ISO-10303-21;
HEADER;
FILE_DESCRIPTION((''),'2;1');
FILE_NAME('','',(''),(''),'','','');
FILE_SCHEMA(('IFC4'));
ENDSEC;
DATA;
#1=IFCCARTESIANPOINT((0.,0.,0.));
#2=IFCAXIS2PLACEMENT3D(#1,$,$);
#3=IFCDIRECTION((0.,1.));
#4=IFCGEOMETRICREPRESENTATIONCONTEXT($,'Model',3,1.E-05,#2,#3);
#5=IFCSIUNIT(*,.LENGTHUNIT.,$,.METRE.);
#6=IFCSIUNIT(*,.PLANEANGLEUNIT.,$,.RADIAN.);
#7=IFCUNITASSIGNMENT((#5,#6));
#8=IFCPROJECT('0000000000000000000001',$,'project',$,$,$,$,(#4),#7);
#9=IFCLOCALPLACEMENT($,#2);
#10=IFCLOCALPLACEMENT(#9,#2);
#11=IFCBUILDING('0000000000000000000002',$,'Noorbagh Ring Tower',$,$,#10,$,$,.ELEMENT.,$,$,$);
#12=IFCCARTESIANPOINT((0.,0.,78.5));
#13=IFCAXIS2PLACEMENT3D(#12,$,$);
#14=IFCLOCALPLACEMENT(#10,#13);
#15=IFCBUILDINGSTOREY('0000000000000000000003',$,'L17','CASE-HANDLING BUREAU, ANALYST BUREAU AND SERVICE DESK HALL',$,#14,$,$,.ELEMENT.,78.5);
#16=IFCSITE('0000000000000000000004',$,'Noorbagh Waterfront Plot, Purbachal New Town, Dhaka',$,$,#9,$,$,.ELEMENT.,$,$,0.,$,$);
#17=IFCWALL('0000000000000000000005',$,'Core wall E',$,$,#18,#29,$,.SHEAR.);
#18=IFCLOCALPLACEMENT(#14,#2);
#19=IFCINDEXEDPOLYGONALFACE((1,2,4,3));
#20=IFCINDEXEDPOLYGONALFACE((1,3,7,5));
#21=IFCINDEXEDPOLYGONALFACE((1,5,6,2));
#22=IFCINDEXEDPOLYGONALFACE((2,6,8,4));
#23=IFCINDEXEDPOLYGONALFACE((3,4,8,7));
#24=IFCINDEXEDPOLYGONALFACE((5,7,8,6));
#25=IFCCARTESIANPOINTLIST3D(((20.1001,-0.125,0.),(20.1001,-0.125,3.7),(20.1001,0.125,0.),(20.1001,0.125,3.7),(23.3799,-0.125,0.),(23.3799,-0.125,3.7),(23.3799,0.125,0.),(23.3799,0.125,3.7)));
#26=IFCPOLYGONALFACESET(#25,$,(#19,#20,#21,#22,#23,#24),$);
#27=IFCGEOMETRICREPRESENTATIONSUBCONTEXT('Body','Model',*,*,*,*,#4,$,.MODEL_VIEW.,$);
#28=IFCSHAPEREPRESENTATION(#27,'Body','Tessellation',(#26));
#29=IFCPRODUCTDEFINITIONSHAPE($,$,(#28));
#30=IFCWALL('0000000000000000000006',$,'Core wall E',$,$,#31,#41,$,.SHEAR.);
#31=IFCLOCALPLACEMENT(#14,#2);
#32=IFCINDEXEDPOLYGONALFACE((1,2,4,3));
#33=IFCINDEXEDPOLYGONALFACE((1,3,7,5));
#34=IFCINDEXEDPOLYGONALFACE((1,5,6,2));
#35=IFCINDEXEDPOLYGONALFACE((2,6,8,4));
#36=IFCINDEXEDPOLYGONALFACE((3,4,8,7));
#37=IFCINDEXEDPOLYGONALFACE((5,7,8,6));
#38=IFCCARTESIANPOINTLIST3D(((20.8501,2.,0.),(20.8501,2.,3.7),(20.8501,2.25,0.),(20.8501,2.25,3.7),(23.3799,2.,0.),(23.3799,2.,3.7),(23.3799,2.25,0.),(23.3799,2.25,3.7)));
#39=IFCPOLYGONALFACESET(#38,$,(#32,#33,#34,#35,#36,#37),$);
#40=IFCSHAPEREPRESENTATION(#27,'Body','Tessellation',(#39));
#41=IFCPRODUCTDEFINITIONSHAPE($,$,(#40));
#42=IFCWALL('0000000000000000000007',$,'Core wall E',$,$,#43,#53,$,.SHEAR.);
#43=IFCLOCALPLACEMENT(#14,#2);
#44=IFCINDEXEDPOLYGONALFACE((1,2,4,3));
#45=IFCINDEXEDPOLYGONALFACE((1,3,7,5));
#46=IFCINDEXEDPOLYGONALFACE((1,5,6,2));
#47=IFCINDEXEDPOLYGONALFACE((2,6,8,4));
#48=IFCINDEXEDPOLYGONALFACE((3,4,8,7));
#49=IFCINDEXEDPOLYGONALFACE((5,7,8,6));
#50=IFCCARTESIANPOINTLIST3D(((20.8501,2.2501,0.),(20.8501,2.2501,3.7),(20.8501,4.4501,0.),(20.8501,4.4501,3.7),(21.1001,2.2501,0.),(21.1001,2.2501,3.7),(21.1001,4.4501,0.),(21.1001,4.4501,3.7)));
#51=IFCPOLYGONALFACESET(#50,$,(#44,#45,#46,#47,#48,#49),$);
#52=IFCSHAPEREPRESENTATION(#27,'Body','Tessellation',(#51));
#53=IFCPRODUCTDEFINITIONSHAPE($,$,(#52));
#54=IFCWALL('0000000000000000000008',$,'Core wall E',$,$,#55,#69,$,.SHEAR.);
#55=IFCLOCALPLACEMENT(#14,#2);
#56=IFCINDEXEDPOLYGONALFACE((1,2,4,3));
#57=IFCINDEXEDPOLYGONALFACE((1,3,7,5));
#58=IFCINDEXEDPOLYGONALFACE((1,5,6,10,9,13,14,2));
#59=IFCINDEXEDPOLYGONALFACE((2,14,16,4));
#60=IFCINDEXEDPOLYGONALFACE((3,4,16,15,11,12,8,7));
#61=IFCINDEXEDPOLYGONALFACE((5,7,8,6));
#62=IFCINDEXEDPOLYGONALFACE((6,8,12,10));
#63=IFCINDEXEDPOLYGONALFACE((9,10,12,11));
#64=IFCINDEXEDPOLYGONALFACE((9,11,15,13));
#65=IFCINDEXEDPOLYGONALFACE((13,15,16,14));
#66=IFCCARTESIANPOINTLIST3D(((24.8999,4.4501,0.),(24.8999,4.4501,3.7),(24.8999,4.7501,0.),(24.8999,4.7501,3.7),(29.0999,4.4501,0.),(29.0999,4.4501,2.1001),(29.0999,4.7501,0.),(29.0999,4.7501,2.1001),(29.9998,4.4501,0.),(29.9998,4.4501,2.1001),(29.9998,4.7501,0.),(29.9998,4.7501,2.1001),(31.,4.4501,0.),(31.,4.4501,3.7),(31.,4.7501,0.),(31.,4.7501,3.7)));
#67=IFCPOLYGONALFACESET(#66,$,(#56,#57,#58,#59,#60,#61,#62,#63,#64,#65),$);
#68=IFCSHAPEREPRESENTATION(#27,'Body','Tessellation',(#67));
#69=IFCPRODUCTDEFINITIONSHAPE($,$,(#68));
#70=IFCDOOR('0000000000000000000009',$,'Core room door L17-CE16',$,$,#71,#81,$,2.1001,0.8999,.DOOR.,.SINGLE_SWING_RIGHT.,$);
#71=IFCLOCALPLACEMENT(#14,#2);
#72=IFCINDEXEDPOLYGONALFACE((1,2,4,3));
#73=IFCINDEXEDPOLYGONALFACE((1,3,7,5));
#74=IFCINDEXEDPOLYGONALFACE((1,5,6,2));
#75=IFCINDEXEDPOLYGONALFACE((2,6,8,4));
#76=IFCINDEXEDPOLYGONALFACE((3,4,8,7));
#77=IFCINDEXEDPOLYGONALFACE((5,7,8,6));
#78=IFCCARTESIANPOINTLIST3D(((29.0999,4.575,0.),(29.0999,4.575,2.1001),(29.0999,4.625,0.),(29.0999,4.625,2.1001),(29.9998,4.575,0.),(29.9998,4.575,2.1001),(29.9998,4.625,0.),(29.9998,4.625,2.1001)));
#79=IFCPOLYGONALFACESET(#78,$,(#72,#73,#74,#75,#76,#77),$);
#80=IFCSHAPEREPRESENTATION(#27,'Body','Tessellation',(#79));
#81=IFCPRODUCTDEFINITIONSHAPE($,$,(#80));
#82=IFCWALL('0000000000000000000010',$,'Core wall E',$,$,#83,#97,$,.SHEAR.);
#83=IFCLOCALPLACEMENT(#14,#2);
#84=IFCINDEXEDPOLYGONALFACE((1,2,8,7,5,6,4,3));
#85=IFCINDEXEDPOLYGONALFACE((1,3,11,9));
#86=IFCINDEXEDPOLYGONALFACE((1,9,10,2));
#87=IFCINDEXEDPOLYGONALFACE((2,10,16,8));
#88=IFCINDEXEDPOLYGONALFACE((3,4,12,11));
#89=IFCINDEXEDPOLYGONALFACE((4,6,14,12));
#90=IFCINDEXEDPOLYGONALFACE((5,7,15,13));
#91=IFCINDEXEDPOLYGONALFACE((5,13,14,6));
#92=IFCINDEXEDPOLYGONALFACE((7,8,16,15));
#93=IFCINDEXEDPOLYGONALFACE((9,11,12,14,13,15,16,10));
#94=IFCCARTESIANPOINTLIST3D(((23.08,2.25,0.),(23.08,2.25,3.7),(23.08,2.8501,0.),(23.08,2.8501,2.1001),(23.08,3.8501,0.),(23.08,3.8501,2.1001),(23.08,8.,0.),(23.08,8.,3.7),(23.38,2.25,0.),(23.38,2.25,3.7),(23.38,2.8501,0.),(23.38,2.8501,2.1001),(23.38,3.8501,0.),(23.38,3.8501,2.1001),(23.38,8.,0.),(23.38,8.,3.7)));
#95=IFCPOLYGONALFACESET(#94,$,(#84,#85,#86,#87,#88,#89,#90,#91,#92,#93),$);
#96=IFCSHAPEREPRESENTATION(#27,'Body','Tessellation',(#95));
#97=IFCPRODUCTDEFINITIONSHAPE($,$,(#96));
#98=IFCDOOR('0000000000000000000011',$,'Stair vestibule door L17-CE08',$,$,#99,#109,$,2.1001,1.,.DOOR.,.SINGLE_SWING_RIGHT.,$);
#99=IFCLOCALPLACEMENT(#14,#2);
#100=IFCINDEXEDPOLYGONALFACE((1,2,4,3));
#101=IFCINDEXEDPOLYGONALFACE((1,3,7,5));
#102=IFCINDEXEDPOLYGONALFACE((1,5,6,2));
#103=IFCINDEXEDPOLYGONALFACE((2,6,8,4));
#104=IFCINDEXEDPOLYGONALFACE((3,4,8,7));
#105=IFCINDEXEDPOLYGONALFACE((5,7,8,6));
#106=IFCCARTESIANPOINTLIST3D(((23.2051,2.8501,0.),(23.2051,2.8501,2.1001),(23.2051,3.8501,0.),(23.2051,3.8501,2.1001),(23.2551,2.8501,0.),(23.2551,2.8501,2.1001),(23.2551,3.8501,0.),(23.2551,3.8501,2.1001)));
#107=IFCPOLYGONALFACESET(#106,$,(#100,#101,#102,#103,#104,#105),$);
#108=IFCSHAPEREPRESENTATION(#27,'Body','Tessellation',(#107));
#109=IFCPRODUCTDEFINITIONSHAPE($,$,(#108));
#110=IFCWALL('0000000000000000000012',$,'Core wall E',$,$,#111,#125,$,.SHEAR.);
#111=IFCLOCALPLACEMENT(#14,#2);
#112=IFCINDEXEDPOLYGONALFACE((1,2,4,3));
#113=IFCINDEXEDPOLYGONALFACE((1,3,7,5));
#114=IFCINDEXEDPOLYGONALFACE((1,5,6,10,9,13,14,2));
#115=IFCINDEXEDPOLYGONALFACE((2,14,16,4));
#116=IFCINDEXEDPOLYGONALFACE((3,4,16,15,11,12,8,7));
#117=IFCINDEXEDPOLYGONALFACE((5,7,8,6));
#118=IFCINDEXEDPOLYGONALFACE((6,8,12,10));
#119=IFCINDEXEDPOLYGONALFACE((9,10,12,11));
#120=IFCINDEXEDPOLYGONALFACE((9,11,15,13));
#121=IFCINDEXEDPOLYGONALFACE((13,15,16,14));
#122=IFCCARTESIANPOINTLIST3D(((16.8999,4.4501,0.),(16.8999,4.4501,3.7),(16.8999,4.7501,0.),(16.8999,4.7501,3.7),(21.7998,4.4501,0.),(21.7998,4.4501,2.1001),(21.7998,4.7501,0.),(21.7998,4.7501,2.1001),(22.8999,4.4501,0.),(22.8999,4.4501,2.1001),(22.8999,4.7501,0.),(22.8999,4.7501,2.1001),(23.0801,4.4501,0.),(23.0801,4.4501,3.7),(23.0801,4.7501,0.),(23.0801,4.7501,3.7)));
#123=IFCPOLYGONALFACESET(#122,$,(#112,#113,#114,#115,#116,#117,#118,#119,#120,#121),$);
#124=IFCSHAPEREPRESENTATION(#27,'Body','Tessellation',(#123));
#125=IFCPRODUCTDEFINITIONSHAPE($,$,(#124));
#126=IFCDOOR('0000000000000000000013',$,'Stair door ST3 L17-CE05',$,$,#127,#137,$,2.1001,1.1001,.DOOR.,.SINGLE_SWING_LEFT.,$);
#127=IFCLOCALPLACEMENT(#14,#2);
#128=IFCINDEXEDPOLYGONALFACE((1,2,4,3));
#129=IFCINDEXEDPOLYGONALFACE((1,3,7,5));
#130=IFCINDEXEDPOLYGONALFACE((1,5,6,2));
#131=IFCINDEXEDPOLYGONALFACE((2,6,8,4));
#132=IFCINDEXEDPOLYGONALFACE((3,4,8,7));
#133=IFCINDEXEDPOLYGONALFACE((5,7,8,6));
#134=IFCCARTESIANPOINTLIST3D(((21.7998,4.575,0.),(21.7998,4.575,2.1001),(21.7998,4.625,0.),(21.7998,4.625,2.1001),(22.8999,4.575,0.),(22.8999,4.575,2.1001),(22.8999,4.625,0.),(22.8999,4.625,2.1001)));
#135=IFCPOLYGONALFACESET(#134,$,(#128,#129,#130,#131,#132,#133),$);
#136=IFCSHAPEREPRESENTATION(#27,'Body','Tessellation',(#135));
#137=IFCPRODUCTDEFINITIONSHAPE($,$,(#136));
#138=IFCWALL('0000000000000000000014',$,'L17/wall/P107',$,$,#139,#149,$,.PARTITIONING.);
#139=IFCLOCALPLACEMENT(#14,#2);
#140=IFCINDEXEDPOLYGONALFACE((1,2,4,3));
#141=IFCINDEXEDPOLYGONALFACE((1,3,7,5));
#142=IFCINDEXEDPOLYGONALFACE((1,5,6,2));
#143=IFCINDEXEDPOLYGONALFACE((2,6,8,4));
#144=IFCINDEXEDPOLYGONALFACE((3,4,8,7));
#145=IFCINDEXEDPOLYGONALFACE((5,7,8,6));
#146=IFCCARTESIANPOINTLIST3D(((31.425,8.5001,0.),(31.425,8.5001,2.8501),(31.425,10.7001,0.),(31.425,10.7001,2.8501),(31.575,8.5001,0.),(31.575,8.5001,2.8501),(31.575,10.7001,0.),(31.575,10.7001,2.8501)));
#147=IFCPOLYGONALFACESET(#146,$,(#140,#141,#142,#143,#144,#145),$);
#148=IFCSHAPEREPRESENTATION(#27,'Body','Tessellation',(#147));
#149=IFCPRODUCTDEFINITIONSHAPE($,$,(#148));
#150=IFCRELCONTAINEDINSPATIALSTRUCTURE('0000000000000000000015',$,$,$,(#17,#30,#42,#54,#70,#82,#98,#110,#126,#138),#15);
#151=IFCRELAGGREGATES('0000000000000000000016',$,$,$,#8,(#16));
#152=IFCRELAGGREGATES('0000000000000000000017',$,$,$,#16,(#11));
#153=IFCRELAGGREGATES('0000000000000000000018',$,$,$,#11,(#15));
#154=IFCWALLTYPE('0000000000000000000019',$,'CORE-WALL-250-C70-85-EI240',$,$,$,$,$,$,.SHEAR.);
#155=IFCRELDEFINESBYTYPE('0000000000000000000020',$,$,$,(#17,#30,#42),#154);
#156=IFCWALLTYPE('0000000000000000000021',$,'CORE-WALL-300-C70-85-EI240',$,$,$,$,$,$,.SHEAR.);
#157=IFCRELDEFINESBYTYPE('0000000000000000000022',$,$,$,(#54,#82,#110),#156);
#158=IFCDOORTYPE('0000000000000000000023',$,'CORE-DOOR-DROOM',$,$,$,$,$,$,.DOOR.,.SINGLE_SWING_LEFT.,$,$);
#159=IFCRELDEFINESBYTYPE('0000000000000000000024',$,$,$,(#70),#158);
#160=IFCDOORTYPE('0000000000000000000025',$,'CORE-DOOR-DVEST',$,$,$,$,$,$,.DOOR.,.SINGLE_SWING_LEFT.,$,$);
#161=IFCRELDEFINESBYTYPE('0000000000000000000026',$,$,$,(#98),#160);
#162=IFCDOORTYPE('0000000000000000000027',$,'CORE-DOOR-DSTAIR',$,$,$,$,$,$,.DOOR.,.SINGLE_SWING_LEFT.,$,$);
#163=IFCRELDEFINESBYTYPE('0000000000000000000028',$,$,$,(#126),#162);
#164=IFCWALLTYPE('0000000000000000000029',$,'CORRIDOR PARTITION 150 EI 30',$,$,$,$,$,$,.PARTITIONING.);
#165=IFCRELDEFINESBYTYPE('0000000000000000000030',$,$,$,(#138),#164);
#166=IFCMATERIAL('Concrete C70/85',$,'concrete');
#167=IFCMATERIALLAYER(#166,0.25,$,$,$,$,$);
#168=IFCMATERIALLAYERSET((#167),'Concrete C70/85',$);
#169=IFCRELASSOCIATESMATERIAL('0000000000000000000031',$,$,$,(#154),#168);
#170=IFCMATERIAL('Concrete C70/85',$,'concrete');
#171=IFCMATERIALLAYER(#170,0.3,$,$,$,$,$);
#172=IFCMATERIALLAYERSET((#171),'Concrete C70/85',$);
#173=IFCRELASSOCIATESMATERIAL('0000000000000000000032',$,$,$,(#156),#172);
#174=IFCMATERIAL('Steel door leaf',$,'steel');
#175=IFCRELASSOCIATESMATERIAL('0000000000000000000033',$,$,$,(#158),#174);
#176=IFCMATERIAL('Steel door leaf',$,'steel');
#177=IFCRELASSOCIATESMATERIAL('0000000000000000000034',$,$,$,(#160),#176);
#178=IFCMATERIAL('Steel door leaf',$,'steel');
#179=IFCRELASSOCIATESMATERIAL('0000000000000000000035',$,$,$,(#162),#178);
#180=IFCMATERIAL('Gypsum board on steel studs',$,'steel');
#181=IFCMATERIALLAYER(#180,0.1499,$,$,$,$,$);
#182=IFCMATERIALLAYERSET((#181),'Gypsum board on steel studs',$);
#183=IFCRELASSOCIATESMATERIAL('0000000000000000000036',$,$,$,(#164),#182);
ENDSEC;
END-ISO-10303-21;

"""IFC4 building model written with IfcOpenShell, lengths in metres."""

from ifc_helpers import new_model, si_unit, direction, frame, frame_2d, origin, place, context, subcontext, project, spatial, rectangle, extrude, material, layer, layer_set, type_object, element, fill, save


model = new_model("IFC4")

# Units and contexts
model_context = context("Model", 3, precision=1e-05, world=origin(), true_north=direction((0.0, 1.0)))
body_context = subcontext(model_context, "Body", "Model", "MODEL_VIEW")
ifc_project = project(units=[si_unit("LENGTHUNIT", "METRE"), si_unit("PLANEANGLEUNIT", "RADIAN")], contexts=[model_context])

# Site, building, storey
site_placement = place(None, origin())
site = spatial("IfcSite", under=ifc_project, at=site_placement, Name="Noorbagh Waterfront Plot, Purbachal New Town, Dhaka", CompositionType="ELEMENT", RefElevation=0.0)
building_placement = place(site_placement, origin())
building = spatial("IfcBuilding", under=site, at=building_placement, Name="Noorbagh Ring Tower", CompositionType="ELEMENT")
storey_placement = place(building_placement, frame((0.0, 0.0, 78.5)))
storey = spatial("IfcBuildingStorey", under=building, at=storey_placement, Name="L17", Description="CASE-HANDLING BUREAU, ANALYST BUREAU AND SERVICE DESK HALL", CompositionType="ELEMENT", Elevation=78.5)

# Walls
ifc_material_1 = material(Name="Concrete C70/85", Category="concrete")
ifc_layer_1 = layer(ifc_material_1, 0.25)
ifc_layer_set_1 = layer_set([ifc_layer_1], Name="Concrete C70/85")
wall_type_1 = type_object("IfcWallType", Name="CORE-WALL-250-C70-85-EI240", PredefinedType="SHEAR", material=ifc_layer_set_1)
wall_1_placement = place(storey_placement, frame((20.1001, 0.0, 0.0), z_axis=(0.0, 0.0, 1.0), x_axis=(1.0, 0.0, 0.0)))
element("IfcWall", 1, at=wall_1_placement, inside=storey, type_object=wall_type_1, Name="Core wall E", PredefinedType="SHEAR", context=body_context, shape_type="SweptSolid", body=[
    extrude(rectangle(XDim=3.2798, YDim=0.25, at=frame_2d((1.6399, 0.0))), origin(), (0.0, 0.0, 1.0), 3.7),
])
wall_2_placement = place(storey_placement, frame((20.8501, 2.125, 0.0), z_axis=(0.0, 0.0, 1.0), x_axis=(1.0, 0.0, 0.0)))
element("IfcWall", 2, at=wall_2_placement, inside=storey, type_object=wall_type_1, Name="Core wall E", PredefinedType="SHEAR", context=body_context, shape_type="SweptSolid", body=[
    extrude(rectangle(XDim=2.5298, YDim=0.25, at=frame_2d((1.2649, 0.0))), origin(), (0.0, 0.0, 1.0), 3.7),
])
wall_3_placement = place(storey_placement, frame((20.9751, 2.25, 0.0), z_axis=(0.0, 0.0, 1.0), x_axis=(0.0, 1.0, 0.0)))
element("IfcWall", 3, at=wall_3_placement, inside=storey, type_object=wall_type_1, Name="Core wall E", PredefinedType="SHEAR", context=body_context, shape_type="SweptSolid", body=[
    extrude(rectangle(XDim=2.2, YDim=0.25, at=frame_2d((1.1001, 0.0))), origin(), (0.0, 0.0, 1.0), 3.7),
])

# Walls, openings, doors
ifc_material_2 = material(Name="Concrete C70/85", Category="concrete")
ifc_layer_2 = layer(ifc_material_2, 0.3)
ifc_layer_set_2 = layer_set([ifc_layer_2], Name="Concrete C70/85")
wall_type_2 = type_object("IfcWallType", Name="CORE-WALL-300-C70-85-EI240", PredefinedType="SHEAR", material=ifc_layer_set_2)
wall_4_placement = place(storey_placement, frame((24.8999, 4.6001, 0.0), z_axis=(0.0, 0.0, 1.0), x_axis=(1.0, 0.0, 0.0)))
wall_4 = element("IfcWall", 4, at=wall_4_placement, inside=storey, type_object=wall_type_2, Name="Core wall E", PredefinedType="SHEAR", context=body_context, shape_type="SweptSolid", body=[
    extrude(rectangle(XDim=6.1001, YDim=0.3, at=frame_2d((3.05, 0.0))), origin(), (0.0, 0.0, 1.0), 3.7),
])
opening_1_placement = place(wall_4_placement, frame((4.2, 0.0, 0.0)))
opening_1 = element("IfcOpeningElement", 5, at=opening_1_placement, cuts=wall_4, PredefinedType="OPENING", context=body_context, shape_type="SweptSolid", body=[
    extrude(rectangle(XDim=0.8999, YDim=2.1001, at=frame_2d((0.45, 1.05))), frame((0.0, 0.1602, 0.0), z_axis=(0.0, -1.0, 0.0), x_axis=(1.0, 0.0, 0.0)), (0.0, 0.0, 1.0), 0.3201),
])
ifc_material_3 = material(Name="Steel door leaf", Category="steel")
door_type_1 = type_object("IfcDoorType", Name="CORE-DOOR-DROOM", OperationType="SINGLE_SWING_LEFT", PredefinedType="DOOR", material=ifc_material_3)
door_1_placement = place(opening_1_placement, origin())
door_1 = element("IfcDoor", 6, at=door_1_placement, inside=storey, type_object=door_type_1, Name="Core room door L17-CE16", OperationType="SINGLE_SWING_RIGHT", OverallHeight=2.1001, OverallWidth=0.8999, PredefinedType="DOOR", context=body_context, shape_type="SweptSolid", body=[
    extrude(rectangle(XDim=0.8999, YDim=2.1001, at=frame_2d((0.45, 1.05))), frame((0.0, 0.0249, 0.0), z_axis=(0.0, -1.0, 0.0), x_axis=(1.0, 0.0, 0.0)), (0.0, 0.0, 1.0), 0.05),
])
fill(opening_1, door_1)
wall_5_placement = place(storey_placement, frame((23.23, 2.25, 0.0), z_axis=(0.0, 0.0, 1.0), x_axis=(0.0, 1.0, 0.0)))
wall_5 = element("IfcWall", 7, at=wall_5_placement, inside=storey, type_object=wall_type_2, Name="Core wall E", PredefinedType="SHEAR", context=body_context, shape_type="SweptSolid", body=[
    extrude(rectangle(XDim=5.75, YDim=0.3, at=frame_2d((2.875, 0.0))), origin(), (0.0, 0.0, 1.0), 3.7),
])
opening_2_placement = place(wall_5_placement, frame((0.6001, 0.0, 0.0)))
opening_2 = element("IfcOpeningElement", 8, at=opening_2_placement, cuts=wall_5, PredefinedType="OPENING", context=body_context, shape_type="SweptSolid", body=[
    extrude(rectangle(XDim=1.0, YDim=2.1001, at=frame_2d((0.5, 1.05))), frame((0.0, 0.1602, 0.0), z_axis=(0.0, -1.0, 0.0), x_axis=(1.0, 0.0, 0.0)), (0.0, 0.0, 1.0), 0.3201),
])
ifc_material_4 = material(Name="Steel door leaf", Category="steel")
door_type_2 = type_object("IfcDoorType", Name="CORE-DOOR-DVEST", OperationType="SINGLE_SWING_LEFT", PredefinedType="DOOR", material=ifc_material_4)
door_2_placement = place(opening_2_placement, origin())
door_2 = element("IfcDoor", 9, at=door_2_placement, inside=storey, type_object=door_type_2, Name="Stair vestibule door L17-CE08", OperationType="SINGLE_SWING_RIGHT", OverallHeight=2.1001, OverallWidth=1.0, PredefinedType="DOOR", context=body_context, shape_type="SweptSolid", body=[
    extrude(rectangle(XDim=1.0, YDim=2.1001, at=frame_2d((0.5, 1.05))), frame((0.0, 0.0249, 0.0), z_axis=(0.0, -1.0, 0.0), x_axis=(1.0, 0.0, 0.0)), (0.0, 0.0, 1.0), 0.05),
])
fill(opening_2, door_2)
wall_6_placement = place(storey_placement, frame((16.8999, 4.6001, 0.0), z_axis=(0.0, 0.0, 1.0), x_axis=(1.0, 0.0, 0.0)))
wall_6 = element("IfcWall", 10, at=wall_6_placement, inside=storey, type_object=wall_type_2, Name="Core wall E", PredefinedType="SHEAR", context=body_context, shape_type="SweptSolid", body=[
    extrude(rectangle(XDim=6.1802, YDim=0.3, at=frame_2d((3.0901, 0.0))), origin(), (0.0, 0.0, 1.0), 3.7),
])
opening_3_placement = place(wall_6_placement, frame((4.8999, 0.0, 0.0)))
opening_3 = element("IfcOpeningElement", 11, at=opening_3_placement, cuts=wall_6, PredefinedType="OPENING", context=body_context, shape_type="SweptSolid", body=[
    extrude(rectangle(XDim=1.1001, YDim=2.1001, at=frame_2d((0.55, 1.05))), frame((0.0, 0.1602, 0.0), z_axis=(0.0, -1.0, 0.0), x_axis=(1.0, 0.0, 0.0)), (0.0, 0.0, 1.0), 0.3201),
])
ifc_material_5 = material(Name="Steel door leaf", Category="steel")
door_type_3 = type_object("IfcDoorType", Name="CORE-DOOR-DSTAIR", OperationType="SINGLE_SWING_LEFT", PredefinedType="DOOR", material=ifc_material_5)
door_3_placement = place(opening_3_placement, origin())
door_3 = element("IfcDoor", 12, at=door_3_placement, inside=storey, type_object=door_type_3, Name="Stair door ST3 L17-CE05", OperationType="SINGLE_SWING_LEFT", OverallHeight=2.1001, OverallWidth=1.1001, PredefinedType="DOOR", context=body_context, shape_type="SweptSolid", body=[
    extrude(rectangle(XDim=1.1001, YDim=2.1001, at=frame_2d((0.55, 1.05))), frame((0.0, 0.0249, 0.0), z_axis=(0.0, -1.0, 0.0), x_axis=(1.0, 0.0, 0.0)), (0.0, 0.0, 1.0), 0.05),
])
fill(opening_3, door_3)

# Wall
ifc_material_6 = material(Name="Gypsum board on steel studs", Category="steel")
ifc_layer_3 = layer(ifc_material_6, 0.1499)
ifc_layer_set_3 = layer_set([ifc_layer_3], Name="Gypsum board on steel studs")
wall_type_3 = type_object("IfcWallType", Name="CORRIDOR PARTITION 150 EI 30", PredefinedType="PARTITIONING", material=ifc_layer_set_3)
wall_7_placement = place(storey_placement, frame((31.5, 8.5, 0.0), z_axis=(0.0, 0.0, 1.0), x_axis=(0.0, 1.0, 0.0)))
element("IfcWall", 13, at=wall_7_placement, inside=storey, type_object=wall_type_3, Name="L17/wall/P107", PredefinedType="PARTITIONING", context=body_context, shape_type="SweptSolid", body=[
    extrude(rectangle(XDim=2.2, YDim=0.1499, at=frame_2d((1.1001, 0.0))), origin(), (0.0, 0.0, 1.0), 2.8501),
])

save(model, "model.ifc")
